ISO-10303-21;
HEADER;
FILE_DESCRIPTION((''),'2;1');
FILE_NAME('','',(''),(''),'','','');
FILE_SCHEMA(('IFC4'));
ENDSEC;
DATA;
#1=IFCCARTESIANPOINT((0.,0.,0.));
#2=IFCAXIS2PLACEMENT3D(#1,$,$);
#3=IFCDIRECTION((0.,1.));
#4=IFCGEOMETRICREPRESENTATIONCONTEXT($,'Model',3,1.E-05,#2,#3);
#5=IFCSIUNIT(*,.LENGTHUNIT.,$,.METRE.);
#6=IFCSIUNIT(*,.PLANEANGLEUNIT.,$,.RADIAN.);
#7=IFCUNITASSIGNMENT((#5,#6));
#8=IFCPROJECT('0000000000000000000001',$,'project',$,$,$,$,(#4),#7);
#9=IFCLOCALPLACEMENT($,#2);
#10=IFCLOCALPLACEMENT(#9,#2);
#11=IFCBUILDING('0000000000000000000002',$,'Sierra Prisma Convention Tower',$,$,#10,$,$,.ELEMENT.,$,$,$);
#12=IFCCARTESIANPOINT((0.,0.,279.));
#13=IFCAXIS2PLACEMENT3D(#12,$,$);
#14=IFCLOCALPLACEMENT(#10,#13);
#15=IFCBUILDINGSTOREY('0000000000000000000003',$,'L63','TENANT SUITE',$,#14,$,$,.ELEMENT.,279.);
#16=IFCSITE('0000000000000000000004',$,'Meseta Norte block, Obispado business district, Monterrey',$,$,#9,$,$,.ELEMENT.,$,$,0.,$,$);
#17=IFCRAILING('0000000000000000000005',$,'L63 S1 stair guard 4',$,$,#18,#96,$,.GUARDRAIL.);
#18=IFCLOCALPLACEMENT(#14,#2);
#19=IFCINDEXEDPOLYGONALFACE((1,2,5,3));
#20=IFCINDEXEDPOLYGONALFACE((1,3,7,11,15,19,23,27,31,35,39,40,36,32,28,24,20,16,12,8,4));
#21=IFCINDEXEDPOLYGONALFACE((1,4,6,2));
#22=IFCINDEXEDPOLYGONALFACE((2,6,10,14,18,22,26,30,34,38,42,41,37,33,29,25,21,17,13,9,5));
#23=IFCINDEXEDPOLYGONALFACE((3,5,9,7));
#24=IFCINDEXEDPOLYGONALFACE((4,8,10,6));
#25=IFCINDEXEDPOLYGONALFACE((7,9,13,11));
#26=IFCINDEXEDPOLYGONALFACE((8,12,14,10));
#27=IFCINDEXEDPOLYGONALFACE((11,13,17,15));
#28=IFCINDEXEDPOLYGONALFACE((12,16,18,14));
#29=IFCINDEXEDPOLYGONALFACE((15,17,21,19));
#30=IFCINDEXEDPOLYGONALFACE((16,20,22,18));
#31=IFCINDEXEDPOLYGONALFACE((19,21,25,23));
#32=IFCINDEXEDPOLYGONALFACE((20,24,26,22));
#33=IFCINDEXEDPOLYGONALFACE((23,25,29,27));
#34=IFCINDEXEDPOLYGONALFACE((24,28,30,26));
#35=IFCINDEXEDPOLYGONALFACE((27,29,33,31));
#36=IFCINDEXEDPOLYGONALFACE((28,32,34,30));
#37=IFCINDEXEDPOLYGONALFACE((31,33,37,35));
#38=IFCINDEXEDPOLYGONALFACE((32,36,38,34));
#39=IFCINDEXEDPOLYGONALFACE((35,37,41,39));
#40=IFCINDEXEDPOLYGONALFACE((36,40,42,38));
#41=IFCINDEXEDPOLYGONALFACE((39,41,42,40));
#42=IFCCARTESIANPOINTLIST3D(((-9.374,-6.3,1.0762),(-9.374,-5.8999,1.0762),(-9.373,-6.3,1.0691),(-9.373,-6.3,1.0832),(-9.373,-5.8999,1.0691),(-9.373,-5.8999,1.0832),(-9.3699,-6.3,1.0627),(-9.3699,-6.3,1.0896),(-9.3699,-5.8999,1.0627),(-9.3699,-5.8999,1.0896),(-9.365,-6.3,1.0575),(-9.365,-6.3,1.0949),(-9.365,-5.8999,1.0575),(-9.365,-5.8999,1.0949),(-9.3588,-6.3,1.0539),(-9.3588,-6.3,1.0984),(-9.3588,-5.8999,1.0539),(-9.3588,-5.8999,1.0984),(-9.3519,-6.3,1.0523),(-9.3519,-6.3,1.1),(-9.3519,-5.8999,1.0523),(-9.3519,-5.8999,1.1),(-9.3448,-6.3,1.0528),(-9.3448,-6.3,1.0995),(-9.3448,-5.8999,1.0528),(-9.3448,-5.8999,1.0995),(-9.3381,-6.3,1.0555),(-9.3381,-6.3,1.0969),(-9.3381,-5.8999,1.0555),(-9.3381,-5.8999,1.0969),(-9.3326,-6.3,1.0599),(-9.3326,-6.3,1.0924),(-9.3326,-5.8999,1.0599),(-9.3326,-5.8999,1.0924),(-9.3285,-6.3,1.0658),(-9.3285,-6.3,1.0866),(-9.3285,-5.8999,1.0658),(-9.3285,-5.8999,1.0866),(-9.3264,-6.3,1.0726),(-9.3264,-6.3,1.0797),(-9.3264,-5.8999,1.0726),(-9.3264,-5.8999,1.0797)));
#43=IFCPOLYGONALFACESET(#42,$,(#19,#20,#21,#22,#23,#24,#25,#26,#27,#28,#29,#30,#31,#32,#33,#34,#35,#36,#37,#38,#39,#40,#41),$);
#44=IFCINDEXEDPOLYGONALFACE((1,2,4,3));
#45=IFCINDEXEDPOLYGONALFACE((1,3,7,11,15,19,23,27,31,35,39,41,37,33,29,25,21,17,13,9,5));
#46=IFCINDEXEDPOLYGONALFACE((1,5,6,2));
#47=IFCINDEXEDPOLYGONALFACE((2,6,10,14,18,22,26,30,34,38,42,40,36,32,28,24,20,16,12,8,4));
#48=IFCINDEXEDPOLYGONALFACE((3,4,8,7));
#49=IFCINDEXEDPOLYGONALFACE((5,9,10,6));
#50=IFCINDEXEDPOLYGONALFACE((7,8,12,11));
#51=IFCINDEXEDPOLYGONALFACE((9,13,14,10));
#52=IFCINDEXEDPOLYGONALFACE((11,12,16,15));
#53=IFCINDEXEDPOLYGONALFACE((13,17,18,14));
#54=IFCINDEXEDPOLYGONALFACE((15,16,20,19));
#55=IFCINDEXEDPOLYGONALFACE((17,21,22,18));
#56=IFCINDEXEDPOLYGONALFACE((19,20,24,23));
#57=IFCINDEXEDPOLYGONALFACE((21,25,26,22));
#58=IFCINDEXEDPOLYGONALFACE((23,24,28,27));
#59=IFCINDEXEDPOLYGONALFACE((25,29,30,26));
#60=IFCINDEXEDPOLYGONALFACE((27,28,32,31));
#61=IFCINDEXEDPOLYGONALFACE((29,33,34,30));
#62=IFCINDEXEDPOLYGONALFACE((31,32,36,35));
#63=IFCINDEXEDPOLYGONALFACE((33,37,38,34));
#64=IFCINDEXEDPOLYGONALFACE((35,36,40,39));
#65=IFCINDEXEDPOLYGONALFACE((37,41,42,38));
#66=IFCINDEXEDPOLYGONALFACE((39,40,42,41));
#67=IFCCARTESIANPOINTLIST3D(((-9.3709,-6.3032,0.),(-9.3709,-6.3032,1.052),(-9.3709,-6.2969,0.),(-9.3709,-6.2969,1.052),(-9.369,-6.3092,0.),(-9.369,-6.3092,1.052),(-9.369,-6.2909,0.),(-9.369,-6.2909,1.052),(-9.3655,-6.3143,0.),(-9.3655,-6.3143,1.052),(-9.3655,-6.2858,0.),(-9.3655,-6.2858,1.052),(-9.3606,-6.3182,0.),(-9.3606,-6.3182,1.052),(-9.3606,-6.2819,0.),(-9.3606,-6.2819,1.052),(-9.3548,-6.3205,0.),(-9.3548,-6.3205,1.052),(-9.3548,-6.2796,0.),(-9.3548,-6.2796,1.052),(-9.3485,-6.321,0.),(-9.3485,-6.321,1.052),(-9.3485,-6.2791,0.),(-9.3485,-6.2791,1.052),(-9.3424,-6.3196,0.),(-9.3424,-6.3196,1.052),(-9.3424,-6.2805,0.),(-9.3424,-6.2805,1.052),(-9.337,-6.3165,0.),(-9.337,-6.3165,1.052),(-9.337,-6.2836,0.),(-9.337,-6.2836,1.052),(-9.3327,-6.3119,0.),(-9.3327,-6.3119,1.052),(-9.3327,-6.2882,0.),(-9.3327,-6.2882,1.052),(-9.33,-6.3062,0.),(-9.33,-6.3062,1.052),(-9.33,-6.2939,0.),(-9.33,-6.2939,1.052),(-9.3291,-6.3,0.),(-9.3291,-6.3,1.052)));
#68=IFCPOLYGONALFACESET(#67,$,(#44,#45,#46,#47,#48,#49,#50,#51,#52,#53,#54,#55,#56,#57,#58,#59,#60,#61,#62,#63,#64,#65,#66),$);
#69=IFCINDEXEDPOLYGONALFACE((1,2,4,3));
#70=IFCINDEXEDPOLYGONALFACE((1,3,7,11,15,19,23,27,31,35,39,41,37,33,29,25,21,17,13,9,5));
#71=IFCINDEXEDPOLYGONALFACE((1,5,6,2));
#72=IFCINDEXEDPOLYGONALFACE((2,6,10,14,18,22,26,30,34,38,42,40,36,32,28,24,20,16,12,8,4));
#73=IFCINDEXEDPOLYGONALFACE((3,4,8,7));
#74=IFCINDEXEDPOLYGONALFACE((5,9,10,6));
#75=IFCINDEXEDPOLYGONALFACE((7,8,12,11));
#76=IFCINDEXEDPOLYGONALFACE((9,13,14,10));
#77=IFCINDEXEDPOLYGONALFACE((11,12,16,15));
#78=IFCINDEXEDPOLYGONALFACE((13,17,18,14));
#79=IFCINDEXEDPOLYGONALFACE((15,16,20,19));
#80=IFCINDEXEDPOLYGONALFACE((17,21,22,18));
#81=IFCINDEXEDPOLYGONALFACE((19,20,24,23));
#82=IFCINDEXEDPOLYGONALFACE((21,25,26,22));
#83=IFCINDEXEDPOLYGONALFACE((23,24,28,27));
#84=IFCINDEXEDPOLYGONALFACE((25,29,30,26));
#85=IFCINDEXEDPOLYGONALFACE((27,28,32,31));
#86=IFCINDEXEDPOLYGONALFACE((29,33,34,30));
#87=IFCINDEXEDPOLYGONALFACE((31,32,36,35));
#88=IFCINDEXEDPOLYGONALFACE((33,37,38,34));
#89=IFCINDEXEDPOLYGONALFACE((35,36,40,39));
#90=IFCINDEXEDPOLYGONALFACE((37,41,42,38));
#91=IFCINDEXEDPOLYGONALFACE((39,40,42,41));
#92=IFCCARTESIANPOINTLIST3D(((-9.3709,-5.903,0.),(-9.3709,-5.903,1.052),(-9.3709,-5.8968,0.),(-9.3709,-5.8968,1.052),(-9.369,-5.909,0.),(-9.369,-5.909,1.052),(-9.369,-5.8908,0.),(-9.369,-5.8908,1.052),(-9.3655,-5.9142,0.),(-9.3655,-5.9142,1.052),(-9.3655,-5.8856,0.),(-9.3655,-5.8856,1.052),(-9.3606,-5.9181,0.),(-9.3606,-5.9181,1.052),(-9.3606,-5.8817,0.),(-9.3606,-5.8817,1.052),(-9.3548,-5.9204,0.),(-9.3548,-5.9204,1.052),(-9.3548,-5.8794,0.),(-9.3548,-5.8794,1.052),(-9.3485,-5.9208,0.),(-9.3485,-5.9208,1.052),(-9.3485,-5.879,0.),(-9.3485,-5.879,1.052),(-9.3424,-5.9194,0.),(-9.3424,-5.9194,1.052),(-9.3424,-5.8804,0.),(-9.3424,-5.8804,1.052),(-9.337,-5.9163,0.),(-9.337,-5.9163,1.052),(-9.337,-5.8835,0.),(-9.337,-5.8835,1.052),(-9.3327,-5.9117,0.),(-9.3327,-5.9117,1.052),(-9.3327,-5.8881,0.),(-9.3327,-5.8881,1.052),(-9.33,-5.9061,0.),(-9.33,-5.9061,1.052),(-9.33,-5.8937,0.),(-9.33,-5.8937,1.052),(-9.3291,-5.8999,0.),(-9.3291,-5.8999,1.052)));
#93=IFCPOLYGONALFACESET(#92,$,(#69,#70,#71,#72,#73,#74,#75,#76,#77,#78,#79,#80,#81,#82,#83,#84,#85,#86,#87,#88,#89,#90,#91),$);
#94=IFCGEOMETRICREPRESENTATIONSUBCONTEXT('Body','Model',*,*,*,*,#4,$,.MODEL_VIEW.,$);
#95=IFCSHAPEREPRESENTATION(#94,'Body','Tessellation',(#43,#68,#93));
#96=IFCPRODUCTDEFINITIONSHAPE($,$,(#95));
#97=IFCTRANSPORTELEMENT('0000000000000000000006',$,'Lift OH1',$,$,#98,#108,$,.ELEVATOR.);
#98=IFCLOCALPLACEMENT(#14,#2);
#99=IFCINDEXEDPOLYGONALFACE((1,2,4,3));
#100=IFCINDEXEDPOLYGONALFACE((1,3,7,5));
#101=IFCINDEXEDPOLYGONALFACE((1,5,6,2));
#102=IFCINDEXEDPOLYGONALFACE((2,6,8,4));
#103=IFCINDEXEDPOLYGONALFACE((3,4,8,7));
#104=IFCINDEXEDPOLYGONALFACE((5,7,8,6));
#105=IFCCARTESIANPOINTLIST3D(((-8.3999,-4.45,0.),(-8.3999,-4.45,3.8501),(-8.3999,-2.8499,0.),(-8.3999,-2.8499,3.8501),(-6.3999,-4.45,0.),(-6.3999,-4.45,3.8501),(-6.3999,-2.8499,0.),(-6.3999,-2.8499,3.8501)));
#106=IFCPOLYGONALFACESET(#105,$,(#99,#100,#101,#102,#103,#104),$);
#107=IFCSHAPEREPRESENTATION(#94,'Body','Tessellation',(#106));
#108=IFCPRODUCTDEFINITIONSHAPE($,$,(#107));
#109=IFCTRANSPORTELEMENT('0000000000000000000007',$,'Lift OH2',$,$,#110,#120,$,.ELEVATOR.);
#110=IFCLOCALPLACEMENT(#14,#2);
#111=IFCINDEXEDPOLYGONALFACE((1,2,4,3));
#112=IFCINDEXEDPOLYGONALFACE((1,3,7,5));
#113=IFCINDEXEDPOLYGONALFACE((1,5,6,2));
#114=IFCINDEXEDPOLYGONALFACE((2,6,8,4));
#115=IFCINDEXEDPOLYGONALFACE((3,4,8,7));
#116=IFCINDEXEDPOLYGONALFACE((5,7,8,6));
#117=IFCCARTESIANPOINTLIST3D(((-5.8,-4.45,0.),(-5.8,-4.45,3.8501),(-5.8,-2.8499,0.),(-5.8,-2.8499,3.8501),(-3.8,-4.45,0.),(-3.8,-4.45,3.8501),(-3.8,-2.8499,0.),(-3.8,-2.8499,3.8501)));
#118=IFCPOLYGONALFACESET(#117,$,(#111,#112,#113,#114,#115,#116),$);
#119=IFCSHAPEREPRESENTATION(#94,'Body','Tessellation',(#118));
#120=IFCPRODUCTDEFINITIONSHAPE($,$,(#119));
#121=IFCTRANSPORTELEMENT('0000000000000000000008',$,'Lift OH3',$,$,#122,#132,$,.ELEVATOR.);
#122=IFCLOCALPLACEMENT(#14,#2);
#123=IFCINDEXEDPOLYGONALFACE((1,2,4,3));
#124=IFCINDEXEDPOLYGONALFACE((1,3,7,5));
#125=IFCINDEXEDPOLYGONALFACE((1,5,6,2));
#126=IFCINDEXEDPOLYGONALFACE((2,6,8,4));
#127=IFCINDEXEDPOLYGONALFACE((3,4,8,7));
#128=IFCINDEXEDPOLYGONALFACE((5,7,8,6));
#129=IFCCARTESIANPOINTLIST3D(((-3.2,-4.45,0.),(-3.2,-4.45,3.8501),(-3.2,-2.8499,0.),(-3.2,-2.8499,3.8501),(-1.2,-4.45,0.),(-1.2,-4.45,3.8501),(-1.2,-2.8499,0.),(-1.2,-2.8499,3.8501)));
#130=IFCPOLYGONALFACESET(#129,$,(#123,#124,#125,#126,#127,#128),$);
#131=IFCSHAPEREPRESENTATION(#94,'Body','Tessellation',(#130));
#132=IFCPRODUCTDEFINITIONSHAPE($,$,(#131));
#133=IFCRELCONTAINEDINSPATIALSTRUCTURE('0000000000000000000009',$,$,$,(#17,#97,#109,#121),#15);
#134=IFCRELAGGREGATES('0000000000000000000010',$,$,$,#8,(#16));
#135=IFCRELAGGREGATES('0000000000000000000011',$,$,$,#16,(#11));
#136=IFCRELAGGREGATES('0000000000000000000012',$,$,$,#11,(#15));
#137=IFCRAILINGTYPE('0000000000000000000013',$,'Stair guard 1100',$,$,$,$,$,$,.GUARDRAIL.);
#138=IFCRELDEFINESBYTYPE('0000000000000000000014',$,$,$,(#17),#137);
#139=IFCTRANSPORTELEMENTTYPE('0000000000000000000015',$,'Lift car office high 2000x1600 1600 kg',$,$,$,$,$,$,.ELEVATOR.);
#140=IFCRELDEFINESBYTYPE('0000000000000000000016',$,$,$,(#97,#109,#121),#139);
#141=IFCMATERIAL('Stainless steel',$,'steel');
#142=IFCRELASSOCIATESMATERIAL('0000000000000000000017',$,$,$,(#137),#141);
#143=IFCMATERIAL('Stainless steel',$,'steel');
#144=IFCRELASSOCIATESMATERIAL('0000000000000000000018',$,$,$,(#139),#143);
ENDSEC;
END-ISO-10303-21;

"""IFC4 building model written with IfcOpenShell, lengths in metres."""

from ifc_helpers import new_model, si_unit, direction, frame, origin, origin_2d, place, context, subcontext, project, spatial, rectangle, circle, extrude, material, type_object, element, save


model = new_model("IFC4")

# Units and contexts
model_context = context("Model", 3, precision=1e-05, world=origin(), true_north=direction((0.0, 1.0)))
body_context = subcontext(model_context, "Body", "Model", "MODEL_VIEW")
ifc_project = project(units=[si_unit("LENGTHUNIT", "METRE"), si_unit("PLANEANGLEUNIT", "RADIAN")], contexts=[model_context])

# Site, building, storey
site_placement = place(None, origin())
site = spatial("IfcSite", under=ifc_project, at=site_placement, Name="Meseta Norte block, Obispado business district, Monterrey", CompositionType="ELEMENT", RefElevation=0.0)
building_placement = place(site_placement, origin())
building = spatial("IfcBuilding", under=site, at=building_placement, Name="Sierra Prisma Convention Tower", CompositionType="ELEMENT")
storey_placement = place(building_placement, frame((0.0, 0.0, 279.0)))
storey = spatial("IfcBuildingStorey", under=building, at=storey_placement, Name="L63", Description="TENANT SUITE", CompositionType="ELEMENT", Elevation=279.0)

# Railing
ifc_material_1 = material(Name="Stainless steel", Category="steel")
railing_type_1 = type_object("IfcRailingType", Name="Stair guard 1100", PredefinedType="GUARDRAIL", material=ifc_material_1)
railing_1_placement = place(storey_placement, frame((-9.3501, -6.3, 0.0)))
element("IfcRailing", 1, at=railing_1_placement, inside=storey, type_object=railing_type_1, Name="L63 S1 stair guard 4", PredefinedType="GUARDRAIL", context=body_context, shape_type="SweptSolid", body=[
    extrude(circle(Radius=0.0239, at=origin_2d()), frame((0.0, 0.0, 1.0762), z_axis=(0.0, 1.0, 0.0), x_axis=(-1.0, 0.0, 0.0)), (0.0, 0.0, 1.0), 0.4001),
    extrude(circle(Radius=0.021, at=origin_2d()), origin(), (0.0, 0.0, 1.0), 1.052),
    extrude(circle(Radius=0.021, at=origin_2d()), frame((0.0, 0.4001, 0.0)), (0.0, 0.0, 1.0), 1.052),
])

# Transport elements
ifc_material_2 = material(Name="Stainless steel", Category="steel")
transport_element_type = type_object("IfcTransportElementType", Name="Lift car office high 2000x1600 1600 kg", PredefinedType="ELEVATOR", material=ifc_material_2)
for number, where, z_axis, x_axis, name in (
    (2, (-7.3999, -3.6499, 0.0), (0.0, 0.0, 1.0), (1.0, 0.0, 0.0), "Lift OH1"),
    (3, (-4.8, -3.6499, 0.0), (0.0, 0.0, 1.0), (1.0, 0.0, 0.0), "Lift OH2"),
    (4, (-2.2, -3.6499, 0.0), (0.0, 0.0, 1.0), (1.0, 0.0, 0.0), "Lift OH3"),
):
    element("IfcTransportElement", number, at=place(storey_placement, frame(where, z_axis=z_axis, x_axis=x_axis)), inside=storey, type_object=transport_element_type, Name=name, PredefinedType="ELEVATOR", context=body_context, shape_type="SweptSolid", body=[
        extrude(rectangle(XDim=2.0, YDim=1.6001, at=origin_2d()), origin(), (0.0, 0.0, 1.0), 3.8501),
    ])

save(model, "model.ifc")
